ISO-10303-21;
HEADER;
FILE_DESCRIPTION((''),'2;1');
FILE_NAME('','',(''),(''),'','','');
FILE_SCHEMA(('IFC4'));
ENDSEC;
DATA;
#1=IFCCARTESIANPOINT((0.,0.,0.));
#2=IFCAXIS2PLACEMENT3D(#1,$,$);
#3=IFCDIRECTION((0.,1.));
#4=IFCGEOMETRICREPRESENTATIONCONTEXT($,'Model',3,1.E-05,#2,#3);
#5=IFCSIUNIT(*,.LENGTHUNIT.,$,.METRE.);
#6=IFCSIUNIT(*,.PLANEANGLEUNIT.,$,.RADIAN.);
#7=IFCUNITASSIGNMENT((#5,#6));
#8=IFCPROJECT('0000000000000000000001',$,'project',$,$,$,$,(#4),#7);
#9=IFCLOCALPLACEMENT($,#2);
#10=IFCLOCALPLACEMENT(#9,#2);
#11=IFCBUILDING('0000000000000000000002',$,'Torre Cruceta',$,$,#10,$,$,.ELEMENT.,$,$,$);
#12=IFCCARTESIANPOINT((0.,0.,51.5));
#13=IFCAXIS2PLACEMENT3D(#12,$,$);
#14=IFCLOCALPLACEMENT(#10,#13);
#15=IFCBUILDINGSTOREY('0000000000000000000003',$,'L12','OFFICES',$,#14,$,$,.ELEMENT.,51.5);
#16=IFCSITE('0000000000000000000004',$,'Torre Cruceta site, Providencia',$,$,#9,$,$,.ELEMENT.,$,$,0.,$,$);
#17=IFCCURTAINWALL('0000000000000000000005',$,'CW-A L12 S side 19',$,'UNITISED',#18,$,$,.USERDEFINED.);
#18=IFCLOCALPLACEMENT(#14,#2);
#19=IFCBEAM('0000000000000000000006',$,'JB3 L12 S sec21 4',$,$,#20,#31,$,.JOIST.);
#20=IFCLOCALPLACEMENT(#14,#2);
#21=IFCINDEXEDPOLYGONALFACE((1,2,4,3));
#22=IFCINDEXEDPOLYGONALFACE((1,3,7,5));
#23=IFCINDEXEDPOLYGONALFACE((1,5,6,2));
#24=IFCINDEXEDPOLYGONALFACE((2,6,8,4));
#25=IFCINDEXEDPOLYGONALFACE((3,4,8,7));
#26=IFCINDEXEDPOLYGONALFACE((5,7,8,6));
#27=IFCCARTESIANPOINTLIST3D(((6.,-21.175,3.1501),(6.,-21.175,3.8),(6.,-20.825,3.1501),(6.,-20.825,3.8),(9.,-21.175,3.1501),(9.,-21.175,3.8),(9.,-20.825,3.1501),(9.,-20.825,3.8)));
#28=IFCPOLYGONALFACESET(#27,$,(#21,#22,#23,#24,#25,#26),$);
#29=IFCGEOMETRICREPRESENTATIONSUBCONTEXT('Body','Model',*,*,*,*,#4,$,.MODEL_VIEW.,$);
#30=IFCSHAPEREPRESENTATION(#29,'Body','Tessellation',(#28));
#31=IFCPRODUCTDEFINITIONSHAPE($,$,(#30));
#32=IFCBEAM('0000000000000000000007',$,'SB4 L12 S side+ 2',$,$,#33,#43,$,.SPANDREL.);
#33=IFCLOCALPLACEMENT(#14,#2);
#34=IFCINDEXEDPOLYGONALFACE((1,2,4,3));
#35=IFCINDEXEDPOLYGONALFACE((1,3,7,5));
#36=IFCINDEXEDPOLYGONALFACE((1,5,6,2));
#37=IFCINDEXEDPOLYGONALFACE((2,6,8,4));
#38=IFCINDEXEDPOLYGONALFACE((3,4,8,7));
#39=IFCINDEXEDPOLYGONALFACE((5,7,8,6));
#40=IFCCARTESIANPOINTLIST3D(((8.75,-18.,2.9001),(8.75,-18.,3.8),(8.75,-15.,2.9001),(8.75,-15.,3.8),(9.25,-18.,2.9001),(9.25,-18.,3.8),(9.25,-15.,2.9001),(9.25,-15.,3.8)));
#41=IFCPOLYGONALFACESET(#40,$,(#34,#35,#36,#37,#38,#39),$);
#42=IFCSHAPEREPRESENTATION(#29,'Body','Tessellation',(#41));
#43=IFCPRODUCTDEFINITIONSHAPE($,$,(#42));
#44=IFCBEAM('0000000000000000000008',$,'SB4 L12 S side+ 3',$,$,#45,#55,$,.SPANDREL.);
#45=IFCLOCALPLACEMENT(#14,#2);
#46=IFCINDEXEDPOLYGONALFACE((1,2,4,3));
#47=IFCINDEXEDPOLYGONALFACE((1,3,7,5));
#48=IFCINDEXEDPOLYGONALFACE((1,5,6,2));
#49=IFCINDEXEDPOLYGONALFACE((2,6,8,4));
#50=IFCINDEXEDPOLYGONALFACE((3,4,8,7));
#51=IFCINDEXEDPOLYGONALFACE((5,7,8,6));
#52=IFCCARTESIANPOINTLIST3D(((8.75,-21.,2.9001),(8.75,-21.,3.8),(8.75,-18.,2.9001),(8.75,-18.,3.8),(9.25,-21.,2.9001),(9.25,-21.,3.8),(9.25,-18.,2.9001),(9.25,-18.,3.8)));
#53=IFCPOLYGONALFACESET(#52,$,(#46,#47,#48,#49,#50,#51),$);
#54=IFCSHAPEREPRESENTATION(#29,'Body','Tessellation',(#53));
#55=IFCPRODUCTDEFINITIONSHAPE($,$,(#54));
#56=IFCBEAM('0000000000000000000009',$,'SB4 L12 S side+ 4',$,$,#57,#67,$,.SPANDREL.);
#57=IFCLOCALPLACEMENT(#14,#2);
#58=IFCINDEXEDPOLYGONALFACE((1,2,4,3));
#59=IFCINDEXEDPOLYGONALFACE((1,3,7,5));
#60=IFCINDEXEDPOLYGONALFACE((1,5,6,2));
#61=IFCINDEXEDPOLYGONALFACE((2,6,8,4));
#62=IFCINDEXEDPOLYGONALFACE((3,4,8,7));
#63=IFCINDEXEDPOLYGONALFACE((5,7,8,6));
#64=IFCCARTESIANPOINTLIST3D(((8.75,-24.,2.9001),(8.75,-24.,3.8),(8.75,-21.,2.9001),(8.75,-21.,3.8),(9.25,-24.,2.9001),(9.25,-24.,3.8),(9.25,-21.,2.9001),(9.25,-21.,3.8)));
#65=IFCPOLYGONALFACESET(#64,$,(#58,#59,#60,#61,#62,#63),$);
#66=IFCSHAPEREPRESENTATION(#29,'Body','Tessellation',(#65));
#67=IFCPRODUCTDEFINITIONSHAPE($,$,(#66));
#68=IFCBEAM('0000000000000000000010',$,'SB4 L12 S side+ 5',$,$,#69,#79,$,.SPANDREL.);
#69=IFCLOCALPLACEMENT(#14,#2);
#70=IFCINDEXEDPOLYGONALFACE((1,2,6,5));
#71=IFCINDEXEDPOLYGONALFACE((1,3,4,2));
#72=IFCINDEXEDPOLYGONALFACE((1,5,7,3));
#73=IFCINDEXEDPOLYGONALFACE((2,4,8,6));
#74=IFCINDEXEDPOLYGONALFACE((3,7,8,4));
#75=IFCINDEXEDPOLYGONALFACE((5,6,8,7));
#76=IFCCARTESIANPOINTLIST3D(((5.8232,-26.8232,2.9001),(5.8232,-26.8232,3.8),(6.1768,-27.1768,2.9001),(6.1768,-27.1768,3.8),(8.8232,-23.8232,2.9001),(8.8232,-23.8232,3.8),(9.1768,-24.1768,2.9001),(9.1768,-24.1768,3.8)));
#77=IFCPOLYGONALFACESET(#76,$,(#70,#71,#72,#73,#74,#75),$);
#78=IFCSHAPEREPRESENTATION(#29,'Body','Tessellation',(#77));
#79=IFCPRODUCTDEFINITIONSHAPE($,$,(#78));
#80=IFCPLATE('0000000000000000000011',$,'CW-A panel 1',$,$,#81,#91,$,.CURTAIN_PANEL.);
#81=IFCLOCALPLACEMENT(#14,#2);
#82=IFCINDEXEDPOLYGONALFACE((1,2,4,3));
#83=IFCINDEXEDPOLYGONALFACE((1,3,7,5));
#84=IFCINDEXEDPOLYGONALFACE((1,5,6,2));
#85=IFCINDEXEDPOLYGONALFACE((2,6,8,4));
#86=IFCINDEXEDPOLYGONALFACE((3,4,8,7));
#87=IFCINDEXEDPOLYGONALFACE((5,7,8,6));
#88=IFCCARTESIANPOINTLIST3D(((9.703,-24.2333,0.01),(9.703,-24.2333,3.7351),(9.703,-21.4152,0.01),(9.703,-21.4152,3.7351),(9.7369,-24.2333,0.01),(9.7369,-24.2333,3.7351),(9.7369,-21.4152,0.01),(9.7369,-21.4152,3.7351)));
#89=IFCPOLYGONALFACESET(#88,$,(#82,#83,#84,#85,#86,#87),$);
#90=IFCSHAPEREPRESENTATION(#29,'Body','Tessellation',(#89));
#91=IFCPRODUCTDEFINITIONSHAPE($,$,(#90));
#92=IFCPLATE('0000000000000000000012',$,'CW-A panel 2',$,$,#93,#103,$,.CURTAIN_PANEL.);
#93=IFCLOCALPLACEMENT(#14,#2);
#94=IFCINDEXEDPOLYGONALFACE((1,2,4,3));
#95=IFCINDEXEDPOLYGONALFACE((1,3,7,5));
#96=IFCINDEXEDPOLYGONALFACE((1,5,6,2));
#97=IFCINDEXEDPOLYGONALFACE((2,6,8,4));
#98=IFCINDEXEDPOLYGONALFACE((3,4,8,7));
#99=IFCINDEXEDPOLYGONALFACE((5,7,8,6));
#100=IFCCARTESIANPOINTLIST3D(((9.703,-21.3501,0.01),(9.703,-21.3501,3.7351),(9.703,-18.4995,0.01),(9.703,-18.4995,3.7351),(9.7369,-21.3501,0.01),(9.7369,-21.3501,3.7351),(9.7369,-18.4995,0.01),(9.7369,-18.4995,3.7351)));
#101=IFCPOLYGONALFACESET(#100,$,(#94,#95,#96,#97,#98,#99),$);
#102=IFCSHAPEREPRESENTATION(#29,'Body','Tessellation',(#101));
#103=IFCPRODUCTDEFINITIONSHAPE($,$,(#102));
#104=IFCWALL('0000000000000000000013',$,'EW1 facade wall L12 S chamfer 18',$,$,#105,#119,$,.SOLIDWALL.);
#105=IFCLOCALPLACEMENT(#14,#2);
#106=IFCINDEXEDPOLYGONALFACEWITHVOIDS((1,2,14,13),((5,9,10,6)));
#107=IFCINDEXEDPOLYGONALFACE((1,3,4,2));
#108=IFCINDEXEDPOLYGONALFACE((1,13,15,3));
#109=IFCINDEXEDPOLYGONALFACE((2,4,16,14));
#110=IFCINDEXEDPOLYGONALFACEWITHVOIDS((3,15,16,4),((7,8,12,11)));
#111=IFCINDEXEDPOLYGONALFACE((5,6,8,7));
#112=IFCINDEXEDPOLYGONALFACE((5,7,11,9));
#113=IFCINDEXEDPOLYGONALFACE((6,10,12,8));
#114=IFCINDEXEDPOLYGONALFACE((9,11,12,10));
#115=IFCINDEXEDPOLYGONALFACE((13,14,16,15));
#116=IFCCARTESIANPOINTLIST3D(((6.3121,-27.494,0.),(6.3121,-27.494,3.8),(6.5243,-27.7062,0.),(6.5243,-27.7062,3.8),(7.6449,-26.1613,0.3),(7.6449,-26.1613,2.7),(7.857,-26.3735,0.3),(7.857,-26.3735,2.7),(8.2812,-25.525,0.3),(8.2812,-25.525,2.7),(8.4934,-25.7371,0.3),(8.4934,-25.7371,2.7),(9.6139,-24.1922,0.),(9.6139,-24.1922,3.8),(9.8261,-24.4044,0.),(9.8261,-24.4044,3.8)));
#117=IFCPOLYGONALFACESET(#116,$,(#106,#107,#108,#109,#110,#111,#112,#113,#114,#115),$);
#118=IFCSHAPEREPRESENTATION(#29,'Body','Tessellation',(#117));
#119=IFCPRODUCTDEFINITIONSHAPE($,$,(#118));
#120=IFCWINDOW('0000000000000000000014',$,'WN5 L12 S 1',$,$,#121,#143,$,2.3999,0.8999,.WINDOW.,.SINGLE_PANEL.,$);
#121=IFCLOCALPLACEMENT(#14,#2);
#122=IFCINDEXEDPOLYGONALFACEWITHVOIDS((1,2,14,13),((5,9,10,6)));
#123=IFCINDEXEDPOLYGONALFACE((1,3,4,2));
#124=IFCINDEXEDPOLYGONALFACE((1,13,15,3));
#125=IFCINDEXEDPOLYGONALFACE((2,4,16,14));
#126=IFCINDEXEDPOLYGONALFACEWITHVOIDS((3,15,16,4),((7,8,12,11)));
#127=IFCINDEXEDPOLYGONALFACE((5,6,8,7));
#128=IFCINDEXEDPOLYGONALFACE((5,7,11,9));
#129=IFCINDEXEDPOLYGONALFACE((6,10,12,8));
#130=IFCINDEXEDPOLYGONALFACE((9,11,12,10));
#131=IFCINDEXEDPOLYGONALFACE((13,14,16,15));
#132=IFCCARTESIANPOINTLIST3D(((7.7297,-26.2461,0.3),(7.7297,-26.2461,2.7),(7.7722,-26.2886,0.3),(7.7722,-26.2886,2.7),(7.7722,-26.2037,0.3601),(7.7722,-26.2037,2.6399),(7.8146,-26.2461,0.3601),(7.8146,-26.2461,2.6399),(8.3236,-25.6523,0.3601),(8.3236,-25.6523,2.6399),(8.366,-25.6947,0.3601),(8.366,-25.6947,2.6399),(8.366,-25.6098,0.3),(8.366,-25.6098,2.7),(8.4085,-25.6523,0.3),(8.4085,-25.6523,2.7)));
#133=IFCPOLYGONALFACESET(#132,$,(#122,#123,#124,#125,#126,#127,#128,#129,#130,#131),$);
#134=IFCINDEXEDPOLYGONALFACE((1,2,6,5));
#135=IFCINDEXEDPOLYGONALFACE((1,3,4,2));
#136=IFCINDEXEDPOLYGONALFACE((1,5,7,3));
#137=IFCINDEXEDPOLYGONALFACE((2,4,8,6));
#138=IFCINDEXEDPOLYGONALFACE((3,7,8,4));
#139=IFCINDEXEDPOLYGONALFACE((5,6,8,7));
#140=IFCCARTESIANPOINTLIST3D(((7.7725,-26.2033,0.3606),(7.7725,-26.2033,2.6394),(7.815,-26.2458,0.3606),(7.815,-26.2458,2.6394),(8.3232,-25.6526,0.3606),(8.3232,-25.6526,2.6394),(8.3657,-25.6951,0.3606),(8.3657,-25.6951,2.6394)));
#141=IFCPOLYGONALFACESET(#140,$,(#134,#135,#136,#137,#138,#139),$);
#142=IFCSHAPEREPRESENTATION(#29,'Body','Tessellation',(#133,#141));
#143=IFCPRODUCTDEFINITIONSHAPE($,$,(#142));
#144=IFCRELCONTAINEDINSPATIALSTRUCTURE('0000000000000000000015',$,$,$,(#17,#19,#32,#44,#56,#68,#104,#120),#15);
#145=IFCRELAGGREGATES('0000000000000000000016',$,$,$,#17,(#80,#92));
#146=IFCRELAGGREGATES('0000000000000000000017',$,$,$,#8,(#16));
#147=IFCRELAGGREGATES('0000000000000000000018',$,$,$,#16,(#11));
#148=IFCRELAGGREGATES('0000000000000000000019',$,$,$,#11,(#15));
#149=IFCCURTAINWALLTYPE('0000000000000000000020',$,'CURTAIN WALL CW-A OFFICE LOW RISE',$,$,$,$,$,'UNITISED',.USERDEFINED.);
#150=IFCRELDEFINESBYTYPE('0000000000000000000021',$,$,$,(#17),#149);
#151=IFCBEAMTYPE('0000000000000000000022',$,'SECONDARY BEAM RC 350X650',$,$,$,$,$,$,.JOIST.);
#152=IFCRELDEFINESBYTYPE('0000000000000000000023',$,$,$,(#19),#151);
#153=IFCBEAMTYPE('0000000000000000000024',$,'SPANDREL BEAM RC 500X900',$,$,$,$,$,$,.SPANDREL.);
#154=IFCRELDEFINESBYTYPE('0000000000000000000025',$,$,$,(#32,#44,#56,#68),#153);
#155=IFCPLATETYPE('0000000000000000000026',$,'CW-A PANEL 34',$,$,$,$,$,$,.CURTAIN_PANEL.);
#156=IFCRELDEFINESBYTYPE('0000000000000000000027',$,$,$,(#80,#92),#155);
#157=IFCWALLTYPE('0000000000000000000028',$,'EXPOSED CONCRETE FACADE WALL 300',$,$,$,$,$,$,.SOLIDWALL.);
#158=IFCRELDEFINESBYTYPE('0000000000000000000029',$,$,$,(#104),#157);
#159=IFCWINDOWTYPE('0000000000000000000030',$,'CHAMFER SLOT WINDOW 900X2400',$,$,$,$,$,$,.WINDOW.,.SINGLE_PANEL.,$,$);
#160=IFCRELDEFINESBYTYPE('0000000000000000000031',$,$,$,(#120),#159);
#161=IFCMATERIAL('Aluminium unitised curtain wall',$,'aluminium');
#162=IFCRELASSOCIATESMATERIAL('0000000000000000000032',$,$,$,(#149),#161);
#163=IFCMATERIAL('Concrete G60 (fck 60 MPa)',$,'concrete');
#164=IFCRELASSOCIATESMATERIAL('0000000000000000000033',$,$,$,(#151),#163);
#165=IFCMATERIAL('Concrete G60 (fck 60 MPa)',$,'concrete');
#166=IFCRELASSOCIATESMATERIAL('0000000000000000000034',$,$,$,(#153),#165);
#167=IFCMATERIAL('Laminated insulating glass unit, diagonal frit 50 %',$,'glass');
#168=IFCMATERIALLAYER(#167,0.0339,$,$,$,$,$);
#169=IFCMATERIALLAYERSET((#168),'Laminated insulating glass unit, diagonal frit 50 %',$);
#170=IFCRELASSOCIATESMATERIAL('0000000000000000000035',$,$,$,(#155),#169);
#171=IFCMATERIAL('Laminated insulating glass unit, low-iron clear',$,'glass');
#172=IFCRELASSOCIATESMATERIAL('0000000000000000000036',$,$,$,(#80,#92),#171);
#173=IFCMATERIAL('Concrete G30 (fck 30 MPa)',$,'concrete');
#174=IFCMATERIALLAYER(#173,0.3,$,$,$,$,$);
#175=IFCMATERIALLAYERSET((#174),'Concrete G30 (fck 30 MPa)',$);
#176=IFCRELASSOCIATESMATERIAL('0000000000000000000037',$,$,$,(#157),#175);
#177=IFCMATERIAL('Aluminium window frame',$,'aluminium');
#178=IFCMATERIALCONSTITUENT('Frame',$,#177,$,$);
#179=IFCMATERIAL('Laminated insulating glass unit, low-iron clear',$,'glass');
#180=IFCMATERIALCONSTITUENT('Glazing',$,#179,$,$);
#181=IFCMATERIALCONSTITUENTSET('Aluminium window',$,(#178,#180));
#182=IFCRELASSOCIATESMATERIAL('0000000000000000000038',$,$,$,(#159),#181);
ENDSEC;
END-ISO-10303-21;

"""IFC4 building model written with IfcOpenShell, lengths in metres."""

from ifc_helpers import new_model, si_unit, direction, frame, frame_2d, origin, origin_2d, place, context, subcontext, project, spatial, rectangle, hollow_rectangle, extrude, material, layer, layer_set, constituent, constituent_set, material_profile, profile_set, type_object, element, fill, aggregate, save


model = new_model("IFC4")

# Units and contexts
model_context = context("Model", 3, precision=1e-05, world=origin(), true_north=direction((0.0, 1.0)))
body_context = subcontext(model_context, "Body", "Model", "MODEL_VIEW")
ifc_project = project(units=[si_unit("LENGTHUNIT", "METRE"), si_unit("PLANEANGLEUNIT", "RADIAN")], contexts=[model_context])

# Site, building, storey
site_placement = place(None, origin())
site = spatial("IfcSite", under=ifc_project, at=site_placement, Name="Torre Cruceta site, Providencia", CompositionType="ELEMENT", RefElevation=0.0)
building_placement = place(site_placement, origin())
building = spatial("IfcBuilding", under=site, at=building_placement, Name="Torre Cruceta", CompositionType="ELEMENT")
storey_placement = place(building_placement, frame((0.0, 0.0, 51.5)))
storey = spatial("IfcBuildingStorey", under=building, at=storey_placement, Name="L12", Description="OFFICES", CompositionType="ELEMENT", Elevation=51.5)

# Curtain wall
ifc_material_1 = material(Name="Aluminium unitised curtain wall", Category="aluminium")
curtain_wall_type = type_object("IfcCurtainWallType", Name="CURTAIN WALL CW-A OFFICE LOW RISE", ElementType="UNITISED", PredefinedType="USERDEFINED", material=ifc_material_1)
curtain_wall_placement = place(storey_placement, origin())
curtain_wall = element("IfcCurtainWall", 1, at=curtain_wall_placement, inside=storey, type_object=curtain_wall_type, Name="CW-A L12 S side 19", ObjectType="UNITISED", PredefinedType="USERDEFINED")

# Beams
ifc_material_2 = material(Name="Concrete G60 (fck 60 MPa)", Category="concrete")
ifc_material_profile_1 = material_profile(ifc_material_2, rectangle(XDim=0.3501, YDim=0.6499, at=origin_2d()), Name="RC 350X650")
ifc_profile_set_1 = profile_set([ifc_material_profile_1], Name="Concrete G60 (fck 60 MPa)")
beam_type_1 = type_object("IfcBeamType", Name="SECONDARY BEAM RC 350X650", PredefinedType="JOIST", material=ifc_profile_set_1)
beam_1_placement = place(storey_placement, frame((6.0, -21.0, 3.4751), z_axis=(1.0, 0.0, 0.0), x_axis=(0.0, 1.0, 0.0)))
element("IfcBeam", 2, at=beam_1_placement, inside=storey, type_object=beam_type_1, Name="JB3 L12 S sec21 4", PredefinedType="JOIST", context=body_context, shape_type="SweptSolid", body=[
    extrude(rectangle(XDim=0.3501, YDim=0.6499, at=origin_2d()), origin(), (0.0, 0.0, 1.0), 3.0),
])
ifc_material_3 = material(Name="Concrete G60 (fck 60 MPa)", Category="concrete")
ifc_material_profile_2 = material_profile(ifc_material_3, rectangle(XDim=0.5, YDim=0.8999, at=origin_2d()), Name="RC 500X900")
ifc_profile_set_2 = profile_set([ifc_material_profile_2], Name="Concrete G60 (fck 60 MPa)")
beam_type_2 = type_object("IfcBeamType", Name="SPANDREL BEAM RC 500X900", PredefinedType="SPANDREL", material=ifc_profile_set_2)
for number, where, z_axis, x_axis, name in (
    (3, (9.0, -15.0, 3.3501), (0.0, -1.0, 0.0), (1.0, 0.0, 0.0), "SB4 L12 S side+ 2"),
    (4, (9.0, -18.0, 3.3501), (0.0, -1.0, 0.0), (1.0, 0.0, 0.0), "SB4 L12 S side+ 3"),
    (5, (9.0, -21.0, 3.3501), (0.0, -1.0, 0.0), (1.0, 0.0, 0.0), "SB4 L12 S side+ 4"),
):
    element("IfcBeam", number, at=place(storey_placement, frame(where, z_axis=z_axis, x_axis=x_axis)), inside=storey, type_object=beam_type_2, Name=name, PredefinedType="SPANDREL", context=body_context, shape_type="SweptSolid", body=[
        extrude(rectangle(XDim=0.5, YDim=0.8999, at=origin_2d()), origin(), (0.0, 0.0, 1.0), 3.0),
    ])
beam_2_placement = place(storey_placement, frame((9.0, -24.0, 3.3501), z_axis=(-0.707107, -0.707107, 0.0), x_axis=(0.707107, -0.707107, 0.0)))
element("IfcBeam", 6, at=beam_2_placement, inside=storey, type_object=beam_type_2, Name="SB4 L12 S side+ 5", PredefinedType="SPANDREL", context=body_context, shape_type="SweptSolid", body=[
    extrude(rectangle(XDim=0.5, YDim=0.8999, at=origin_2d()), origin(), (0.0, 0.0, 1.0), 4.2427),
])

# Plates
ifc_material_4 = material(Name="Laminated insulating glass unit, low-iron clear", Category="glass")
ifc_material_5 = material(Name="Laminated insulating glass unit, diagonal frit 50 %", Category="glass")
ifc_layer_1 = layer(ifc_material_5, 0.0339)
ifc_layer_set_1 = layer_set([ifc_layer_1], Name="Laminated insulating glass unit, diagonal frit 50 %")
plate_type = type_object("IfcPlateType", Name="CW-A PANEL 34", PredefinedType="CURTAIN_PANEL", material=ifc_layer_set_1)
plate_1_placement = place(storey_placement, frame((9.72, -22.8242, 0.01), z_axis=(0.0, 0.0, 1.0), x_axis=(0.0, 1.0, 0.0)))
plate_1 = element("IfcPlate", 7, at=plate_1_placement, type_object=plate_type, material=ifc_material_4, Name="CW-A panel 1", PredefinedType="CURTAIN_PANEL", context=body_context, shape_type="SweptSolid", body=[
    extrude(rectangle(XDim=2.8181, YDim=0.0339, at=origin_2d()), origin(), (0.0, 0.0, 1.0), 3.7251),
])
plate_2_placement = place(storey_placement, frame((9.72, -19.9248, 0.01), z_axis=(0.0, 0.0, 1.0), x_axis=(0.0, 1.0, 0.0)))
plate_2 = element("IfcPlate", 8, at=plate_2_placement, type_object=plate_type, material=ifc_material_4, Name="CW-A panel 2", PredefinedType="CURTAIN_PANEL", context=body_context, shape_type="SweptSolid", body=[
    extrude(rectangle(XDim=2.8506, YDim=0.0339, at=origin_2d()), origin(), (0.0, 0.0, 1.0), 3.7251),
])
aggregate(curtain_wall, [plate_1, plate_2])

# Wall, opening, window
ifc_material_6 = material(Name="Concrete G30 (fck 30 MPa)", Category="concrete")
ifc_layer_2 = layer(ifc_material_6, 0.3)
ifc_layer_set_2 = layer_set([ifc_layer_2], Name="Concrete G30 (fck 30 MPa)")
wall_type_1 = type_object("IfcWallType", Name="EXPOSED CONCRETE FACADE WALL 300", PredefinedType="SOLIDWALL", material=ifc_layer_set_2)
wall_1_placement = place(storey_placement, frame((6.4182, -27.6001, 0.0), z_axis=(0.0, 0.0, 1.0), x_axis=(0.707107, 0.707107, 0.0)))
wall_1 = element("IfcWall", 9, at=wall_1_placement, inside=storey, type_object=wall_type_1, Name="EW1 facade wall L12 S chamfer 18", PredefinedType="SOLIDWALL", context=body_context, shape_type="SweptSolid", body=[
    extrude(rectangle(XDim=4.6694, YDim=0.3, at=frame_2d((2.3347, 0.0))), origin(), (0.0, 0.0, 1.0), 3.8),
])
opening_1_placement = place(wall_1_placement, frame((1.8848, 0.0, 0.3)))
opening_1 = element("IfcOpeningElement", 10, at=opening_1_placement, cuts=wall_1, PredefinedType="OPENING", context=body_context, shape_type="SweptSolid", body=[
    extrude(rectangle(XDim=0.8999, YDim=2.3999, at=frame_2d((0.45, 1.2))), frame((0.0, 0.1599, 0.0), z_axis=(0.0, -1.0, 0.0), x_axis=(1.0, 0.0, 0.0)), (0.0, 0.0, 1.0), 0.3201),
])
ifc_material_7 = material(Name="Aluminium window frame", Category="aluminium")
ifc_constituent_1 = constituent(ifc_material_7, Name="Frame")
ifc_material_8 = material(Name="Laminated insulating glass unit, low-iron clear", Category="glass")
ifc_constituent_2 = constituent(ifc_material_8, Name="Glazing")
ifc_constituent_set_1 = constituent_set(constituents=[ifc_constituent_1, ifc_constituent_2], Name="Aluminium window")
window_type = type_object("IfcWindowType", Name="CHAMFER SLOT WINDOW 900X2400", PartitioningType="SINGLE_PANEL", PredefinedType="WINDOW", material=ifc_constituent_set_1)
window_placement = place(opening_1_placement, origin())
window = element("IfcWindow", 11, at=window_placement, inside=storey, type_object=window_type, Name="WN5 L12 S 1", OverallHeight=2.3999, OverallWidth=0.8999, PartitioningType="SINGLE_PANEL", PredefinedType="WINDOW", context=body_context, shape_type="SweptSolid", body=[
    extrude(hollow_rectangle(XDim=0.8999, YDim=2.3999, WallThickness=0.0601, at=frame_2d((0.45, 1.2))), frame((0.0, 0.03, 0.0), z_axis=(0.0, -1.0, 0.0), x_axis=(1.0, 0.0, 0.0)), (0.0, 0.0, 1.0), 0.0601),
    extrude(rectangle(XDim=0.7788, YDim=2.2788, at=frame_2d((0.45, 1.2))), frame((0.0, 0.03, 0.0), z_axis=(0.0, -1.0, 0.0), x_axis=(1.0, 0.0, 0.0)), (0.0, 0.0, 1.0), 0.0601),
])
fill(opening_1, window)

save(model, "model.ifc")
